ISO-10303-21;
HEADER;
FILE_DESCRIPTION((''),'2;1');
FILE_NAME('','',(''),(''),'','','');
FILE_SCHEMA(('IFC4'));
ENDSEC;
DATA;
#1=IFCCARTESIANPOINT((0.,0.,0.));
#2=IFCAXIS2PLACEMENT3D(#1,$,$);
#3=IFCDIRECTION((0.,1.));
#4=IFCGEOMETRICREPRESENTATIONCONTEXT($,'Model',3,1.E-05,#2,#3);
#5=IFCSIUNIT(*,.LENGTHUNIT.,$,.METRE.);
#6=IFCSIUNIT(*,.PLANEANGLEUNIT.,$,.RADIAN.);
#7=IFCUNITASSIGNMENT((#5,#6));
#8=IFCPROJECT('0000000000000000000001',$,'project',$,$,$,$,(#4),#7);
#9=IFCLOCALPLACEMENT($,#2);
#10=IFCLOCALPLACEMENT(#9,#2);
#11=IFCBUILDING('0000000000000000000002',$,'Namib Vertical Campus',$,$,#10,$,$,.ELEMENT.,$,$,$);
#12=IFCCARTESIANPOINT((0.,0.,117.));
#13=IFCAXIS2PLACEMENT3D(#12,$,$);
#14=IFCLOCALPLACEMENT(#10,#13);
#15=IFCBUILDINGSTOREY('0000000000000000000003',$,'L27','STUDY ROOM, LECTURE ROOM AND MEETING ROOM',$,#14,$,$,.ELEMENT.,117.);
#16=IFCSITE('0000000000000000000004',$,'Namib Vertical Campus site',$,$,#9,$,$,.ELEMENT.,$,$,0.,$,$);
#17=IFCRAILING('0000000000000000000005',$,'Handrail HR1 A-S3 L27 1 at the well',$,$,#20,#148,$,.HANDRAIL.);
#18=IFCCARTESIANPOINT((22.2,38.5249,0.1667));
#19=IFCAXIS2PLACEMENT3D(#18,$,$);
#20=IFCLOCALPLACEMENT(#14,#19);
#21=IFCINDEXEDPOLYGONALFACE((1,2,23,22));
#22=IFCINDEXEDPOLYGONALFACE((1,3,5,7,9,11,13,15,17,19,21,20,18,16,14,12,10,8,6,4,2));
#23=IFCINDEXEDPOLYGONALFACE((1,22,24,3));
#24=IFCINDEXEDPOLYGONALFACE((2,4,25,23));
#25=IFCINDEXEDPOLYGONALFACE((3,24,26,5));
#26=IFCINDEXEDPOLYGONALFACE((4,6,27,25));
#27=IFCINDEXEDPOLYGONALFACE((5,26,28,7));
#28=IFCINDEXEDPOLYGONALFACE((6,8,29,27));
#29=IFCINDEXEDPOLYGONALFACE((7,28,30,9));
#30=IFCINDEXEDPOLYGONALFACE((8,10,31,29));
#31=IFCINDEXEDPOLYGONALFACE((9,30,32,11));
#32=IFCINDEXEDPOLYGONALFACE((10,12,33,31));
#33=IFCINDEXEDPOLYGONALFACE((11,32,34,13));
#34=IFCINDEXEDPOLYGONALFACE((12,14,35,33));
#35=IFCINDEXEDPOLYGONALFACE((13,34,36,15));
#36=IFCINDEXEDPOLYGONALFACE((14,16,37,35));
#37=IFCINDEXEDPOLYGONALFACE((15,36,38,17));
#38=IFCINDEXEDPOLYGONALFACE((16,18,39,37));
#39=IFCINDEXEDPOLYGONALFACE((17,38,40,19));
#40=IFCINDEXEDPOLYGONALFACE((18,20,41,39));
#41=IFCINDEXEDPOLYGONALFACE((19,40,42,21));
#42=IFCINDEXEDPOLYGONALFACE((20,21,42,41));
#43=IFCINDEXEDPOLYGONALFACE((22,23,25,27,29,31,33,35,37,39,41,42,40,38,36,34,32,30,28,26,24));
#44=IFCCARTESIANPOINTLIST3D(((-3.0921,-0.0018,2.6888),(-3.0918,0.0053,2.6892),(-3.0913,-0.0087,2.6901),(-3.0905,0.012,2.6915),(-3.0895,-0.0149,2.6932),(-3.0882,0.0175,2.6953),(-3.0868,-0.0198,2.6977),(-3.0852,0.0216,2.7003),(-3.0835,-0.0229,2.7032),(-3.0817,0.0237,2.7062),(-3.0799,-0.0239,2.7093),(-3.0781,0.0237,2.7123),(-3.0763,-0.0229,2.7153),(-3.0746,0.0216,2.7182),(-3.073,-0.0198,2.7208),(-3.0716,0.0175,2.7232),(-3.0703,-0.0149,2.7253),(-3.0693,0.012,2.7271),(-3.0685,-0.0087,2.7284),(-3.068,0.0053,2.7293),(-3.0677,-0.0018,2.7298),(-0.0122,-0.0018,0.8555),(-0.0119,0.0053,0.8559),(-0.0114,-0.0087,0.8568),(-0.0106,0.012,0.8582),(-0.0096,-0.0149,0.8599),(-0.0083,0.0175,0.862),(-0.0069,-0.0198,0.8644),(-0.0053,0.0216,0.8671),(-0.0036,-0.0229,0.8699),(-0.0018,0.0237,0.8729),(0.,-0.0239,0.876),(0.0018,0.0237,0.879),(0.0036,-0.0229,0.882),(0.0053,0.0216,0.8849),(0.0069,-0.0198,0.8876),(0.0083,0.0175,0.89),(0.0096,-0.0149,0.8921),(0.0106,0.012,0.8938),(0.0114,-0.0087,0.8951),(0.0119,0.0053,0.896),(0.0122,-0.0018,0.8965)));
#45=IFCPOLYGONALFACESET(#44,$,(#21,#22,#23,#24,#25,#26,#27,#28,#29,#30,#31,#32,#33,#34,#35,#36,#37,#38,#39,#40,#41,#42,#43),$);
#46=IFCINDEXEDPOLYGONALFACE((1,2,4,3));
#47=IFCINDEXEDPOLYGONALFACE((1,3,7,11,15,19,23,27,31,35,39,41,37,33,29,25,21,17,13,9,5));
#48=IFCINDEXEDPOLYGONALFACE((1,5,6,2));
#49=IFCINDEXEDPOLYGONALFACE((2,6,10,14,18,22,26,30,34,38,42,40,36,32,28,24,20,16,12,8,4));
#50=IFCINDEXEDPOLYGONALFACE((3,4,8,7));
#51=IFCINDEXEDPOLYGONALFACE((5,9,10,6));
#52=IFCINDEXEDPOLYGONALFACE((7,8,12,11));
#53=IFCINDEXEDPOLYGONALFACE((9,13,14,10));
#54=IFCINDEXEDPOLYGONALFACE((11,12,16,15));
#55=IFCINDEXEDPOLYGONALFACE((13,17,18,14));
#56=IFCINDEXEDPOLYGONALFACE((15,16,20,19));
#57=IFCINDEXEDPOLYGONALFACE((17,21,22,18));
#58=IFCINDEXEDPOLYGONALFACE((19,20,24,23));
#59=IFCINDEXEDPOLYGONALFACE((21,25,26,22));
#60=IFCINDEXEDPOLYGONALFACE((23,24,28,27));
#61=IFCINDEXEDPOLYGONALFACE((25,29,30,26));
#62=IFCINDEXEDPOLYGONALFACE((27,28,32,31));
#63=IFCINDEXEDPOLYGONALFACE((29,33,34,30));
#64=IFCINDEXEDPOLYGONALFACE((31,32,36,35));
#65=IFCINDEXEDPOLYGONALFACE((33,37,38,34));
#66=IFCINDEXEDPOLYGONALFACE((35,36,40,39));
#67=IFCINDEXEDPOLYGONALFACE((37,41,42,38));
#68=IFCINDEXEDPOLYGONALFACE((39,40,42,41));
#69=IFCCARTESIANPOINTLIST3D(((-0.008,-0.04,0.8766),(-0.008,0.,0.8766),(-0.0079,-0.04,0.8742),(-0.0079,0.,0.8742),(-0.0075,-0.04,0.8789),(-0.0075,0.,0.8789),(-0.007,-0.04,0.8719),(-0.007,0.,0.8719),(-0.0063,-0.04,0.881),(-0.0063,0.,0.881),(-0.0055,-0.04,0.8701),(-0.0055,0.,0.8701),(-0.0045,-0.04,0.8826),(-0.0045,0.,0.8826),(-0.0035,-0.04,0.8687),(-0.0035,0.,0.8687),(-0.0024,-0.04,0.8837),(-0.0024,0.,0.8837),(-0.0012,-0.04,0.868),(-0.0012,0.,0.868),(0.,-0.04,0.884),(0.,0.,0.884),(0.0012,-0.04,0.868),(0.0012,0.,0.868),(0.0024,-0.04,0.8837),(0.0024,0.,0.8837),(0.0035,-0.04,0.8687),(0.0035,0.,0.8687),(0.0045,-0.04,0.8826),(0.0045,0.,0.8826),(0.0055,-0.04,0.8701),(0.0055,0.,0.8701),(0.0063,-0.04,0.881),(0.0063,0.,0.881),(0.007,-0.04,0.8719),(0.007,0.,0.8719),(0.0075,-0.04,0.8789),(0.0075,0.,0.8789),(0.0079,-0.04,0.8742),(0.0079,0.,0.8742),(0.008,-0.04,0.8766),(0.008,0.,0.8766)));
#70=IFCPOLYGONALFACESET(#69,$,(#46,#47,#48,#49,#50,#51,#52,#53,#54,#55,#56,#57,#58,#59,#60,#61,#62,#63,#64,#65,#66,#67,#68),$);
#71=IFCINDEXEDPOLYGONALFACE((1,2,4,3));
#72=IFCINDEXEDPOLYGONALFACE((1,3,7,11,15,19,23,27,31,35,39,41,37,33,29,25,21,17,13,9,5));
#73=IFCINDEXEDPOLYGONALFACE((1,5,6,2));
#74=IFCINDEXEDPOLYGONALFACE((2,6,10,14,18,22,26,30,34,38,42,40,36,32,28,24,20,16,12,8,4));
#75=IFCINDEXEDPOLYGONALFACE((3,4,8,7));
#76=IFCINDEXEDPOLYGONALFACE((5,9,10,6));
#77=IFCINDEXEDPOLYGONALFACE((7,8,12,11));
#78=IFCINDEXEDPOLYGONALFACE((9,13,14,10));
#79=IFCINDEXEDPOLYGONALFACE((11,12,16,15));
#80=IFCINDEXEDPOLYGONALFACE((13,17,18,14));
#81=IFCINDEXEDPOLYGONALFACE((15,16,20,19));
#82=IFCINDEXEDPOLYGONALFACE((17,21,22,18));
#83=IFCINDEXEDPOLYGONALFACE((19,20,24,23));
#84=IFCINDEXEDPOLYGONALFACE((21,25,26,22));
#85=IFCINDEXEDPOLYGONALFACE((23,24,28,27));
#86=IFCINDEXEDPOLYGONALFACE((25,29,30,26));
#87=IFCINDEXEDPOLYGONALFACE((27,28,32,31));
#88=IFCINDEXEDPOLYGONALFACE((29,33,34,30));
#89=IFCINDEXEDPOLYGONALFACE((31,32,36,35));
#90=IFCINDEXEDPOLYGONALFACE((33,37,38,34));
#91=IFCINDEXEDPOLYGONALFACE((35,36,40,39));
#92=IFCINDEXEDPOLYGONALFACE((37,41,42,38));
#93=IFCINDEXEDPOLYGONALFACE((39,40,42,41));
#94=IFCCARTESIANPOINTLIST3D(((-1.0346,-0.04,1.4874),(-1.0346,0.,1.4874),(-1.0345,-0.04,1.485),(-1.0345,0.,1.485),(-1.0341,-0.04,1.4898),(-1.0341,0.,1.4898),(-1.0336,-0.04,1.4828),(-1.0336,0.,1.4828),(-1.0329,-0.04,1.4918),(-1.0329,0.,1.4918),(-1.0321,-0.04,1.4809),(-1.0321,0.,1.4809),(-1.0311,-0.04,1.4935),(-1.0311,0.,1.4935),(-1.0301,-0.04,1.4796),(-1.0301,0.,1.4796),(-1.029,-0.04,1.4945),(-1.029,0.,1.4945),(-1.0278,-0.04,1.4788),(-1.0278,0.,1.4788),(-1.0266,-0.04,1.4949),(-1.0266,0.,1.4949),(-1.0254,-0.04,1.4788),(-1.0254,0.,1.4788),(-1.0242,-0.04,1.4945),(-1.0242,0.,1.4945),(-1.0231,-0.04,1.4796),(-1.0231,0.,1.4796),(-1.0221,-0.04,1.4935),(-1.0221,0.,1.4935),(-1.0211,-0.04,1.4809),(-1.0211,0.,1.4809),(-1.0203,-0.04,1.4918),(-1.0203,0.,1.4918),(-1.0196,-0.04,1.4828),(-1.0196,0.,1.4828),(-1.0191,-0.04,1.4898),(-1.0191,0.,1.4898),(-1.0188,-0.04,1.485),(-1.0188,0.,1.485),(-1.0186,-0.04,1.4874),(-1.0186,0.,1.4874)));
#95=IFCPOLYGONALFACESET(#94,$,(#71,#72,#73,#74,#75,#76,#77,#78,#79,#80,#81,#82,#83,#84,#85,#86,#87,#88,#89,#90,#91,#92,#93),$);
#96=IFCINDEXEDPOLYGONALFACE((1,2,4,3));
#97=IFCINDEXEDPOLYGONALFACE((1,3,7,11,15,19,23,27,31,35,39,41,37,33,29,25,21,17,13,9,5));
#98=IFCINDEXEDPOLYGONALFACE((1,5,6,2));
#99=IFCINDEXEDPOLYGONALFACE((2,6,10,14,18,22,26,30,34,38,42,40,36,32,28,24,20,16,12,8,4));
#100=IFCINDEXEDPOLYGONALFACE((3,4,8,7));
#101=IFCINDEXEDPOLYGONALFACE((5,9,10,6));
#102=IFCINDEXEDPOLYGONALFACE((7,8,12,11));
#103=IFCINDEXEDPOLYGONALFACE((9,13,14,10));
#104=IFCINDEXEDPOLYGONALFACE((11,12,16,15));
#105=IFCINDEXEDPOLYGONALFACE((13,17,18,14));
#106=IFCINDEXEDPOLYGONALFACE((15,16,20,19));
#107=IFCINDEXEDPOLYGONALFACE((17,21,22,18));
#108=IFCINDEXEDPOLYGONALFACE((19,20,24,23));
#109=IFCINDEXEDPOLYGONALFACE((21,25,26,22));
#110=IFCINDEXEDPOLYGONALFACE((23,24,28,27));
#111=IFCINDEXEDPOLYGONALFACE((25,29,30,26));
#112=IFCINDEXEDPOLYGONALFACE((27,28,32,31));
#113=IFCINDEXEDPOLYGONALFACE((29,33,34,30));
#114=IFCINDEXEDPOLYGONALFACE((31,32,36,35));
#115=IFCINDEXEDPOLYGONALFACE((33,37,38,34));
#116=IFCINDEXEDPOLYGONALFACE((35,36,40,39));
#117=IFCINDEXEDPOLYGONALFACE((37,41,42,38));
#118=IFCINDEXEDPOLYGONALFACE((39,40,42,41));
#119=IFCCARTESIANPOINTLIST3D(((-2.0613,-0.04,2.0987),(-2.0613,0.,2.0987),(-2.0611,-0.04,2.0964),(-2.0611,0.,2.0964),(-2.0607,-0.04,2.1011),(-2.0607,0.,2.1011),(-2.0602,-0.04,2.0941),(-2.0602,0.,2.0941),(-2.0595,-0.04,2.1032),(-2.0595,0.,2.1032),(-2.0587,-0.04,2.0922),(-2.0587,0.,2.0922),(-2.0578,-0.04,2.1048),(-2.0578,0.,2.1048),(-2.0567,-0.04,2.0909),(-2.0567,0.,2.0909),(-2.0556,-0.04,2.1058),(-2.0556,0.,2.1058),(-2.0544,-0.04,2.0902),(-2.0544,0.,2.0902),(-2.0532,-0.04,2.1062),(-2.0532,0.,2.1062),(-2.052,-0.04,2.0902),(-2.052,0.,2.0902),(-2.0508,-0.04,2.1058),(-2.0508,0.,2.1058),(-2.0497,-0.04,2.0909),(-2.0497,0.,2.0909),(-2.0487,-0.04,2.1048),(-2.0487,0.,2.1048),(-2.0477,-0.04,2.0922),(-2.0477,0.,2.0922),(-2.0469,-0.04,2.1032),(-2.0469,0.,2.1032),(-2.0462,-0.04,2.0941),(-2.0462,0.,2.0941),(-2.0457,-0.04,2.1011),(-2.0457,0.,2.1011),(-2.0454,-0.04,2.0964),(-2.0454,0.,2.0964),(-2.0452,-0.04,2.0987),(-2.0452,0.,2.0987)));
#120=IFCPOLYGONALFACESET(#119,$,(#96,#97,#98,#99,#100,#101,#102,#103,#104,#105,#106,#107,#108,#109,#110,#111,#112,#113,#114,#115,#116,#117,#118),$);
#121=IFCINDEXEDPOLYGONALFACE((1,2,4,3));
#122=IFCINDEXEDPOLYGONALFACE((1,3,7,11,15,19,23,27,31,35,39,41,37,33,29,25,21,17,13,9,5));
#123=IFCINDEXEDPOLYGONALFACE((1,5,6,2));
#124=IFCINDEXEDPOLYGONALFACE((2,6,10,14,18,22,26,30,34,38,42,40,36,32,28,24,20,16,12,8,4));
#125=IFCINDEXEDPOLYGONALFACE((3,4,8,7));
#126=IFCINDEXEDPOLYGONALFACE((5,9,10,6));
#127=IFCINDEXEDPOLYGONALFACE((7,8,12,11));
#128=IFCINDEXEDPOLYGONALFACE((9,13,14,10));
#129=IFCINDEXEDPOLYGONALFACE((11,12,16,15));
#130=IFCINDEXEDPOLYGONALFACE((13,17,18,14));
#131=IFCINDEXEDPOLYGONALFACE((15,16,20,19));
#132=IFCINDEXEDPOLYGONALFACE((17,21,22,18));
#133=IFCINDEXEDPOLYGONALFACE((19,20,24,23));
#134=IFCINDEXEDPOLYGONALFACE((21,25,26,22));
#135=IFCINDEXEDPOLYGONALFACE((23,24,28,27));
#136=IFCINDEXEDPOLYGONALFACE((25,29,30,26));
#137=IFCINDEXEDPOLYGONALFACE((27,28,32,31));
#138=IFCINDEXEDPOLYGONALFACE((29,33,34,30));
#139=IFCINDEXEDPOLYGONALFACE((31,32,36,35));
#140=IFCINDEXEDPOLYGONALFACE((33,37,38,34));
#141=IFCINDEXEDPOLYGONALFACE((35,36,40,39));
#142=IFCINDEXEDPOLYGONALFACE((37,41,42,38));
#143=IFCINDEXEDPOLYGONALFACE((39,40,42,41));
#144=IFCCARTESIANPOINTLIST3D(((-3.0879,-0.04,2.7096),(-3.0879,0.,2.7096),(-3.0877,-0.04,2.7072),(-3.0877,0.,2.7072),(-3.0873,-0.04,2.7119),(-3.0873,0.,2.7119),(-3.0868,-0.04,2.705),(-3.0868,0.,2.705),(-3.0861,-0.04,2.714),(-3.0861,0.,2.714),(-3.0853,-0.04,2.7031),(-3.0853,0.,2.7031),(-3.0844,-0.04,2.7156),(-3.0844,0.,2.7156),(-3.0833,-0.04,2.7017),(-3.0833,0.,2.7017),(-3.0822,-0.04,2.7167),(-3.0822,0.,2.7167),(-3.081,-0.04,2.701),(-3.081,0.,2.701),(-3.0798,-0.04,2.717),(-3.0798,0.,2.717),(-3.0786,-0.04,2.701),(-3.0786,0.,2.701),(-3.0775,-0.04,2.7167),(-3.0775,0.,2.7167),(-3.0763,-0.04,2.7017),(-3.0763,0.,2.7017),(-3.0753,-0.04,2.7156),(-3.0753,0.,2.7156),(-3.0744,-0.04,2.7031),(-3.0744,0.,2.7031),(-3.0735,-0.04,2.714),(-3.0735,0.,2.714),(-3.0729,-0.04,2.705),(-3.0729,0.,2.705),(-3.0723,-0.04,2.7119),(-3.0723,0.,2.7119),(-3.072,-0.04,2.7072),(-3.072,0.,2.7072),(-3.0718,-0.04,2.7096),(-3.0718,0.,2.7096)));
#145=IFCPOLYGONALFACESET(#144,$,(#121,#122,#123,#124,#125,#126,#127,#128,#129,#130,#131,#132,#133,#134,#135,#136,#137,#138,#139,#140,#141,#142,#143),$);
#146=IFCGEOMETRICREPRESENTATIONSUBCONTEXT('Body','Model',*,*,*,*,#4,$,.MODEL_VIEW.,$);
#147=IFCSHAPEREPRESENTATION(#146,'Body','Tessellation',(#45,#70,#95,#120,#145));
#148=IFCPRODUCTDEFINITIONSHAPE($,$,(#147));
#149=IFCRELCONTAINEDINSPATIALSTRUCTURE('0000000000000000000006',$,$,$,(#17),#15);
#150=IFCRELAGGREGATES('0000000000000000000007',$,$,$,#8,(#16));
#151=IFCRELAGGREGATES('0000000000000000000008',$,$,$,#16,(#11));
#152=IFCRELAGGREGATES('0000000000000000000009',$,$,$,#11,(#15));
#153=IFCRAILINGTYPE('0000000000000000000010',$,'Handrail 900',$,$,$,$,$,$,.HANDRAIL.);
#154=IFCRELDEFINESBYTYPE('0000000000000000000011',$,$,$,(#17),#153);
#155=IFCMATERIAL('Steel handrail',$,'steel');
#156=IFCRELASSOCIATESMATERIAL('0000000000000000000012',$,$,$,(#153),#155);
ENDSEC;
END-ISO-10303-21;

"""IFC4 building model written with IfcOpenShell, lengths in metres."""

from ifc_helpers import new_model, si_unit, direction, frame, origin, origin_2d, place, context, subcontext, project, spatial, circle, extrude, material, type_object, element, save


model = new_model("IFC4")

# Units and contexts
model_context = context("Model", 3, precision=1e-05, world=origin(), true_north=direction((0.0, 1.0)))
body_context = subcontext(model_context, "Body", "Model", "MODEL_VIEW")
ifc_project = project(units=[si_unit("LENGTHUNIT", "METRE"), si_unit("PLANEANGLEUNIT", "RADIAN")], contexts=[model_context])

# Site, building, storey
site_placement = place(None, origin())
site = spatial("IfcSite", under=ifc_project, at=site_placement, Name="Namib Vertical Campus site", CompositionType="ELEMENT", RefElevation=0.0)
building_placement = place(site_placement, origin())
building = spatial("IfcBuilding", under=site, at=building_placement, Name="Namib Vertical Campus", CompositionType="ELEMENT")
storey_placement = place(building_placement, frame((0.0, 0.0, 117.0)))
storey = spatial("IfcBuildingStorey", under=building, at=storey_placement, Name="L27", Description="STUDY ROOM, LECTURE ROOM AND MEETING ROOM", CompositionType="ELEMENT", Elevation=117.0)

# Railing
ifc_material_1 = material(Name="Steel handrail", Category="steel")
railing_type_1 = type_object("IfcRailingType", Name="Handrail 900", PredefinedType="HANDRAIL", material=ifc_material_1)
railing_1_placement = place(storey_placement, frame((22.2, 38.5249, 0.1667)))
element("IfcRailing", 1, at=railing_1_placement, inside=storey, type_object=railing_type_1, Name="Handrail HR1 A-S3 L27 1 at the well", PredefinedType="HANDRAIL", context=body_context, shape_type="SweptSolid", body=[
    extrude(circle(Radius=0.0239, at=origin_2d()), frame((0.0, 0.0, 0.876), z_axis=(-0.859291, 0.0, 0.511487), x_axis=(0.0, -1.0, 0.0)), (0.0, 0.0, 1.0), 3.5842),
    extrude(circle(Radius=0.0081, at=origin_2d()), frame((0.0, 0.0, 0.876), z_axis=(0.0, -1.0, 0.0), x_axis=(0.0, 0.0, 1.0)), (0.0, 0.0, 1.0), 0.04),
    extrude(circle(Radius=0.0081, at=origin_2d()), frame((-1.0266, 0.0, 1.4868), z_axis=(0.0, -1.0, 0.0), x_axis=(0.0, 0.0, 1.0)), (0.0, 0.0, 1.0), 0.04),
    extrude(circle(Radius=0.0081, at=origin_2d()), frame((-2.0532, 0.0, 2.0981), z_axis=(0.0, -1.0, 0.0), x_axis=(0.0, 0.0, 1.0)), (0.0, 0.0, 1.0), 0.04),
    extrude(circle(Radius=0.0081, at=origin_2d()), frame((-3.0798, 0.0, 2.709), z_axis=(0.0, -1.0, 0.0), x_axis=(0.0, 0.0, 1.0)), (0.0, 0.0, 1.0), 0.04),
])

save(model, "model.ifc")
